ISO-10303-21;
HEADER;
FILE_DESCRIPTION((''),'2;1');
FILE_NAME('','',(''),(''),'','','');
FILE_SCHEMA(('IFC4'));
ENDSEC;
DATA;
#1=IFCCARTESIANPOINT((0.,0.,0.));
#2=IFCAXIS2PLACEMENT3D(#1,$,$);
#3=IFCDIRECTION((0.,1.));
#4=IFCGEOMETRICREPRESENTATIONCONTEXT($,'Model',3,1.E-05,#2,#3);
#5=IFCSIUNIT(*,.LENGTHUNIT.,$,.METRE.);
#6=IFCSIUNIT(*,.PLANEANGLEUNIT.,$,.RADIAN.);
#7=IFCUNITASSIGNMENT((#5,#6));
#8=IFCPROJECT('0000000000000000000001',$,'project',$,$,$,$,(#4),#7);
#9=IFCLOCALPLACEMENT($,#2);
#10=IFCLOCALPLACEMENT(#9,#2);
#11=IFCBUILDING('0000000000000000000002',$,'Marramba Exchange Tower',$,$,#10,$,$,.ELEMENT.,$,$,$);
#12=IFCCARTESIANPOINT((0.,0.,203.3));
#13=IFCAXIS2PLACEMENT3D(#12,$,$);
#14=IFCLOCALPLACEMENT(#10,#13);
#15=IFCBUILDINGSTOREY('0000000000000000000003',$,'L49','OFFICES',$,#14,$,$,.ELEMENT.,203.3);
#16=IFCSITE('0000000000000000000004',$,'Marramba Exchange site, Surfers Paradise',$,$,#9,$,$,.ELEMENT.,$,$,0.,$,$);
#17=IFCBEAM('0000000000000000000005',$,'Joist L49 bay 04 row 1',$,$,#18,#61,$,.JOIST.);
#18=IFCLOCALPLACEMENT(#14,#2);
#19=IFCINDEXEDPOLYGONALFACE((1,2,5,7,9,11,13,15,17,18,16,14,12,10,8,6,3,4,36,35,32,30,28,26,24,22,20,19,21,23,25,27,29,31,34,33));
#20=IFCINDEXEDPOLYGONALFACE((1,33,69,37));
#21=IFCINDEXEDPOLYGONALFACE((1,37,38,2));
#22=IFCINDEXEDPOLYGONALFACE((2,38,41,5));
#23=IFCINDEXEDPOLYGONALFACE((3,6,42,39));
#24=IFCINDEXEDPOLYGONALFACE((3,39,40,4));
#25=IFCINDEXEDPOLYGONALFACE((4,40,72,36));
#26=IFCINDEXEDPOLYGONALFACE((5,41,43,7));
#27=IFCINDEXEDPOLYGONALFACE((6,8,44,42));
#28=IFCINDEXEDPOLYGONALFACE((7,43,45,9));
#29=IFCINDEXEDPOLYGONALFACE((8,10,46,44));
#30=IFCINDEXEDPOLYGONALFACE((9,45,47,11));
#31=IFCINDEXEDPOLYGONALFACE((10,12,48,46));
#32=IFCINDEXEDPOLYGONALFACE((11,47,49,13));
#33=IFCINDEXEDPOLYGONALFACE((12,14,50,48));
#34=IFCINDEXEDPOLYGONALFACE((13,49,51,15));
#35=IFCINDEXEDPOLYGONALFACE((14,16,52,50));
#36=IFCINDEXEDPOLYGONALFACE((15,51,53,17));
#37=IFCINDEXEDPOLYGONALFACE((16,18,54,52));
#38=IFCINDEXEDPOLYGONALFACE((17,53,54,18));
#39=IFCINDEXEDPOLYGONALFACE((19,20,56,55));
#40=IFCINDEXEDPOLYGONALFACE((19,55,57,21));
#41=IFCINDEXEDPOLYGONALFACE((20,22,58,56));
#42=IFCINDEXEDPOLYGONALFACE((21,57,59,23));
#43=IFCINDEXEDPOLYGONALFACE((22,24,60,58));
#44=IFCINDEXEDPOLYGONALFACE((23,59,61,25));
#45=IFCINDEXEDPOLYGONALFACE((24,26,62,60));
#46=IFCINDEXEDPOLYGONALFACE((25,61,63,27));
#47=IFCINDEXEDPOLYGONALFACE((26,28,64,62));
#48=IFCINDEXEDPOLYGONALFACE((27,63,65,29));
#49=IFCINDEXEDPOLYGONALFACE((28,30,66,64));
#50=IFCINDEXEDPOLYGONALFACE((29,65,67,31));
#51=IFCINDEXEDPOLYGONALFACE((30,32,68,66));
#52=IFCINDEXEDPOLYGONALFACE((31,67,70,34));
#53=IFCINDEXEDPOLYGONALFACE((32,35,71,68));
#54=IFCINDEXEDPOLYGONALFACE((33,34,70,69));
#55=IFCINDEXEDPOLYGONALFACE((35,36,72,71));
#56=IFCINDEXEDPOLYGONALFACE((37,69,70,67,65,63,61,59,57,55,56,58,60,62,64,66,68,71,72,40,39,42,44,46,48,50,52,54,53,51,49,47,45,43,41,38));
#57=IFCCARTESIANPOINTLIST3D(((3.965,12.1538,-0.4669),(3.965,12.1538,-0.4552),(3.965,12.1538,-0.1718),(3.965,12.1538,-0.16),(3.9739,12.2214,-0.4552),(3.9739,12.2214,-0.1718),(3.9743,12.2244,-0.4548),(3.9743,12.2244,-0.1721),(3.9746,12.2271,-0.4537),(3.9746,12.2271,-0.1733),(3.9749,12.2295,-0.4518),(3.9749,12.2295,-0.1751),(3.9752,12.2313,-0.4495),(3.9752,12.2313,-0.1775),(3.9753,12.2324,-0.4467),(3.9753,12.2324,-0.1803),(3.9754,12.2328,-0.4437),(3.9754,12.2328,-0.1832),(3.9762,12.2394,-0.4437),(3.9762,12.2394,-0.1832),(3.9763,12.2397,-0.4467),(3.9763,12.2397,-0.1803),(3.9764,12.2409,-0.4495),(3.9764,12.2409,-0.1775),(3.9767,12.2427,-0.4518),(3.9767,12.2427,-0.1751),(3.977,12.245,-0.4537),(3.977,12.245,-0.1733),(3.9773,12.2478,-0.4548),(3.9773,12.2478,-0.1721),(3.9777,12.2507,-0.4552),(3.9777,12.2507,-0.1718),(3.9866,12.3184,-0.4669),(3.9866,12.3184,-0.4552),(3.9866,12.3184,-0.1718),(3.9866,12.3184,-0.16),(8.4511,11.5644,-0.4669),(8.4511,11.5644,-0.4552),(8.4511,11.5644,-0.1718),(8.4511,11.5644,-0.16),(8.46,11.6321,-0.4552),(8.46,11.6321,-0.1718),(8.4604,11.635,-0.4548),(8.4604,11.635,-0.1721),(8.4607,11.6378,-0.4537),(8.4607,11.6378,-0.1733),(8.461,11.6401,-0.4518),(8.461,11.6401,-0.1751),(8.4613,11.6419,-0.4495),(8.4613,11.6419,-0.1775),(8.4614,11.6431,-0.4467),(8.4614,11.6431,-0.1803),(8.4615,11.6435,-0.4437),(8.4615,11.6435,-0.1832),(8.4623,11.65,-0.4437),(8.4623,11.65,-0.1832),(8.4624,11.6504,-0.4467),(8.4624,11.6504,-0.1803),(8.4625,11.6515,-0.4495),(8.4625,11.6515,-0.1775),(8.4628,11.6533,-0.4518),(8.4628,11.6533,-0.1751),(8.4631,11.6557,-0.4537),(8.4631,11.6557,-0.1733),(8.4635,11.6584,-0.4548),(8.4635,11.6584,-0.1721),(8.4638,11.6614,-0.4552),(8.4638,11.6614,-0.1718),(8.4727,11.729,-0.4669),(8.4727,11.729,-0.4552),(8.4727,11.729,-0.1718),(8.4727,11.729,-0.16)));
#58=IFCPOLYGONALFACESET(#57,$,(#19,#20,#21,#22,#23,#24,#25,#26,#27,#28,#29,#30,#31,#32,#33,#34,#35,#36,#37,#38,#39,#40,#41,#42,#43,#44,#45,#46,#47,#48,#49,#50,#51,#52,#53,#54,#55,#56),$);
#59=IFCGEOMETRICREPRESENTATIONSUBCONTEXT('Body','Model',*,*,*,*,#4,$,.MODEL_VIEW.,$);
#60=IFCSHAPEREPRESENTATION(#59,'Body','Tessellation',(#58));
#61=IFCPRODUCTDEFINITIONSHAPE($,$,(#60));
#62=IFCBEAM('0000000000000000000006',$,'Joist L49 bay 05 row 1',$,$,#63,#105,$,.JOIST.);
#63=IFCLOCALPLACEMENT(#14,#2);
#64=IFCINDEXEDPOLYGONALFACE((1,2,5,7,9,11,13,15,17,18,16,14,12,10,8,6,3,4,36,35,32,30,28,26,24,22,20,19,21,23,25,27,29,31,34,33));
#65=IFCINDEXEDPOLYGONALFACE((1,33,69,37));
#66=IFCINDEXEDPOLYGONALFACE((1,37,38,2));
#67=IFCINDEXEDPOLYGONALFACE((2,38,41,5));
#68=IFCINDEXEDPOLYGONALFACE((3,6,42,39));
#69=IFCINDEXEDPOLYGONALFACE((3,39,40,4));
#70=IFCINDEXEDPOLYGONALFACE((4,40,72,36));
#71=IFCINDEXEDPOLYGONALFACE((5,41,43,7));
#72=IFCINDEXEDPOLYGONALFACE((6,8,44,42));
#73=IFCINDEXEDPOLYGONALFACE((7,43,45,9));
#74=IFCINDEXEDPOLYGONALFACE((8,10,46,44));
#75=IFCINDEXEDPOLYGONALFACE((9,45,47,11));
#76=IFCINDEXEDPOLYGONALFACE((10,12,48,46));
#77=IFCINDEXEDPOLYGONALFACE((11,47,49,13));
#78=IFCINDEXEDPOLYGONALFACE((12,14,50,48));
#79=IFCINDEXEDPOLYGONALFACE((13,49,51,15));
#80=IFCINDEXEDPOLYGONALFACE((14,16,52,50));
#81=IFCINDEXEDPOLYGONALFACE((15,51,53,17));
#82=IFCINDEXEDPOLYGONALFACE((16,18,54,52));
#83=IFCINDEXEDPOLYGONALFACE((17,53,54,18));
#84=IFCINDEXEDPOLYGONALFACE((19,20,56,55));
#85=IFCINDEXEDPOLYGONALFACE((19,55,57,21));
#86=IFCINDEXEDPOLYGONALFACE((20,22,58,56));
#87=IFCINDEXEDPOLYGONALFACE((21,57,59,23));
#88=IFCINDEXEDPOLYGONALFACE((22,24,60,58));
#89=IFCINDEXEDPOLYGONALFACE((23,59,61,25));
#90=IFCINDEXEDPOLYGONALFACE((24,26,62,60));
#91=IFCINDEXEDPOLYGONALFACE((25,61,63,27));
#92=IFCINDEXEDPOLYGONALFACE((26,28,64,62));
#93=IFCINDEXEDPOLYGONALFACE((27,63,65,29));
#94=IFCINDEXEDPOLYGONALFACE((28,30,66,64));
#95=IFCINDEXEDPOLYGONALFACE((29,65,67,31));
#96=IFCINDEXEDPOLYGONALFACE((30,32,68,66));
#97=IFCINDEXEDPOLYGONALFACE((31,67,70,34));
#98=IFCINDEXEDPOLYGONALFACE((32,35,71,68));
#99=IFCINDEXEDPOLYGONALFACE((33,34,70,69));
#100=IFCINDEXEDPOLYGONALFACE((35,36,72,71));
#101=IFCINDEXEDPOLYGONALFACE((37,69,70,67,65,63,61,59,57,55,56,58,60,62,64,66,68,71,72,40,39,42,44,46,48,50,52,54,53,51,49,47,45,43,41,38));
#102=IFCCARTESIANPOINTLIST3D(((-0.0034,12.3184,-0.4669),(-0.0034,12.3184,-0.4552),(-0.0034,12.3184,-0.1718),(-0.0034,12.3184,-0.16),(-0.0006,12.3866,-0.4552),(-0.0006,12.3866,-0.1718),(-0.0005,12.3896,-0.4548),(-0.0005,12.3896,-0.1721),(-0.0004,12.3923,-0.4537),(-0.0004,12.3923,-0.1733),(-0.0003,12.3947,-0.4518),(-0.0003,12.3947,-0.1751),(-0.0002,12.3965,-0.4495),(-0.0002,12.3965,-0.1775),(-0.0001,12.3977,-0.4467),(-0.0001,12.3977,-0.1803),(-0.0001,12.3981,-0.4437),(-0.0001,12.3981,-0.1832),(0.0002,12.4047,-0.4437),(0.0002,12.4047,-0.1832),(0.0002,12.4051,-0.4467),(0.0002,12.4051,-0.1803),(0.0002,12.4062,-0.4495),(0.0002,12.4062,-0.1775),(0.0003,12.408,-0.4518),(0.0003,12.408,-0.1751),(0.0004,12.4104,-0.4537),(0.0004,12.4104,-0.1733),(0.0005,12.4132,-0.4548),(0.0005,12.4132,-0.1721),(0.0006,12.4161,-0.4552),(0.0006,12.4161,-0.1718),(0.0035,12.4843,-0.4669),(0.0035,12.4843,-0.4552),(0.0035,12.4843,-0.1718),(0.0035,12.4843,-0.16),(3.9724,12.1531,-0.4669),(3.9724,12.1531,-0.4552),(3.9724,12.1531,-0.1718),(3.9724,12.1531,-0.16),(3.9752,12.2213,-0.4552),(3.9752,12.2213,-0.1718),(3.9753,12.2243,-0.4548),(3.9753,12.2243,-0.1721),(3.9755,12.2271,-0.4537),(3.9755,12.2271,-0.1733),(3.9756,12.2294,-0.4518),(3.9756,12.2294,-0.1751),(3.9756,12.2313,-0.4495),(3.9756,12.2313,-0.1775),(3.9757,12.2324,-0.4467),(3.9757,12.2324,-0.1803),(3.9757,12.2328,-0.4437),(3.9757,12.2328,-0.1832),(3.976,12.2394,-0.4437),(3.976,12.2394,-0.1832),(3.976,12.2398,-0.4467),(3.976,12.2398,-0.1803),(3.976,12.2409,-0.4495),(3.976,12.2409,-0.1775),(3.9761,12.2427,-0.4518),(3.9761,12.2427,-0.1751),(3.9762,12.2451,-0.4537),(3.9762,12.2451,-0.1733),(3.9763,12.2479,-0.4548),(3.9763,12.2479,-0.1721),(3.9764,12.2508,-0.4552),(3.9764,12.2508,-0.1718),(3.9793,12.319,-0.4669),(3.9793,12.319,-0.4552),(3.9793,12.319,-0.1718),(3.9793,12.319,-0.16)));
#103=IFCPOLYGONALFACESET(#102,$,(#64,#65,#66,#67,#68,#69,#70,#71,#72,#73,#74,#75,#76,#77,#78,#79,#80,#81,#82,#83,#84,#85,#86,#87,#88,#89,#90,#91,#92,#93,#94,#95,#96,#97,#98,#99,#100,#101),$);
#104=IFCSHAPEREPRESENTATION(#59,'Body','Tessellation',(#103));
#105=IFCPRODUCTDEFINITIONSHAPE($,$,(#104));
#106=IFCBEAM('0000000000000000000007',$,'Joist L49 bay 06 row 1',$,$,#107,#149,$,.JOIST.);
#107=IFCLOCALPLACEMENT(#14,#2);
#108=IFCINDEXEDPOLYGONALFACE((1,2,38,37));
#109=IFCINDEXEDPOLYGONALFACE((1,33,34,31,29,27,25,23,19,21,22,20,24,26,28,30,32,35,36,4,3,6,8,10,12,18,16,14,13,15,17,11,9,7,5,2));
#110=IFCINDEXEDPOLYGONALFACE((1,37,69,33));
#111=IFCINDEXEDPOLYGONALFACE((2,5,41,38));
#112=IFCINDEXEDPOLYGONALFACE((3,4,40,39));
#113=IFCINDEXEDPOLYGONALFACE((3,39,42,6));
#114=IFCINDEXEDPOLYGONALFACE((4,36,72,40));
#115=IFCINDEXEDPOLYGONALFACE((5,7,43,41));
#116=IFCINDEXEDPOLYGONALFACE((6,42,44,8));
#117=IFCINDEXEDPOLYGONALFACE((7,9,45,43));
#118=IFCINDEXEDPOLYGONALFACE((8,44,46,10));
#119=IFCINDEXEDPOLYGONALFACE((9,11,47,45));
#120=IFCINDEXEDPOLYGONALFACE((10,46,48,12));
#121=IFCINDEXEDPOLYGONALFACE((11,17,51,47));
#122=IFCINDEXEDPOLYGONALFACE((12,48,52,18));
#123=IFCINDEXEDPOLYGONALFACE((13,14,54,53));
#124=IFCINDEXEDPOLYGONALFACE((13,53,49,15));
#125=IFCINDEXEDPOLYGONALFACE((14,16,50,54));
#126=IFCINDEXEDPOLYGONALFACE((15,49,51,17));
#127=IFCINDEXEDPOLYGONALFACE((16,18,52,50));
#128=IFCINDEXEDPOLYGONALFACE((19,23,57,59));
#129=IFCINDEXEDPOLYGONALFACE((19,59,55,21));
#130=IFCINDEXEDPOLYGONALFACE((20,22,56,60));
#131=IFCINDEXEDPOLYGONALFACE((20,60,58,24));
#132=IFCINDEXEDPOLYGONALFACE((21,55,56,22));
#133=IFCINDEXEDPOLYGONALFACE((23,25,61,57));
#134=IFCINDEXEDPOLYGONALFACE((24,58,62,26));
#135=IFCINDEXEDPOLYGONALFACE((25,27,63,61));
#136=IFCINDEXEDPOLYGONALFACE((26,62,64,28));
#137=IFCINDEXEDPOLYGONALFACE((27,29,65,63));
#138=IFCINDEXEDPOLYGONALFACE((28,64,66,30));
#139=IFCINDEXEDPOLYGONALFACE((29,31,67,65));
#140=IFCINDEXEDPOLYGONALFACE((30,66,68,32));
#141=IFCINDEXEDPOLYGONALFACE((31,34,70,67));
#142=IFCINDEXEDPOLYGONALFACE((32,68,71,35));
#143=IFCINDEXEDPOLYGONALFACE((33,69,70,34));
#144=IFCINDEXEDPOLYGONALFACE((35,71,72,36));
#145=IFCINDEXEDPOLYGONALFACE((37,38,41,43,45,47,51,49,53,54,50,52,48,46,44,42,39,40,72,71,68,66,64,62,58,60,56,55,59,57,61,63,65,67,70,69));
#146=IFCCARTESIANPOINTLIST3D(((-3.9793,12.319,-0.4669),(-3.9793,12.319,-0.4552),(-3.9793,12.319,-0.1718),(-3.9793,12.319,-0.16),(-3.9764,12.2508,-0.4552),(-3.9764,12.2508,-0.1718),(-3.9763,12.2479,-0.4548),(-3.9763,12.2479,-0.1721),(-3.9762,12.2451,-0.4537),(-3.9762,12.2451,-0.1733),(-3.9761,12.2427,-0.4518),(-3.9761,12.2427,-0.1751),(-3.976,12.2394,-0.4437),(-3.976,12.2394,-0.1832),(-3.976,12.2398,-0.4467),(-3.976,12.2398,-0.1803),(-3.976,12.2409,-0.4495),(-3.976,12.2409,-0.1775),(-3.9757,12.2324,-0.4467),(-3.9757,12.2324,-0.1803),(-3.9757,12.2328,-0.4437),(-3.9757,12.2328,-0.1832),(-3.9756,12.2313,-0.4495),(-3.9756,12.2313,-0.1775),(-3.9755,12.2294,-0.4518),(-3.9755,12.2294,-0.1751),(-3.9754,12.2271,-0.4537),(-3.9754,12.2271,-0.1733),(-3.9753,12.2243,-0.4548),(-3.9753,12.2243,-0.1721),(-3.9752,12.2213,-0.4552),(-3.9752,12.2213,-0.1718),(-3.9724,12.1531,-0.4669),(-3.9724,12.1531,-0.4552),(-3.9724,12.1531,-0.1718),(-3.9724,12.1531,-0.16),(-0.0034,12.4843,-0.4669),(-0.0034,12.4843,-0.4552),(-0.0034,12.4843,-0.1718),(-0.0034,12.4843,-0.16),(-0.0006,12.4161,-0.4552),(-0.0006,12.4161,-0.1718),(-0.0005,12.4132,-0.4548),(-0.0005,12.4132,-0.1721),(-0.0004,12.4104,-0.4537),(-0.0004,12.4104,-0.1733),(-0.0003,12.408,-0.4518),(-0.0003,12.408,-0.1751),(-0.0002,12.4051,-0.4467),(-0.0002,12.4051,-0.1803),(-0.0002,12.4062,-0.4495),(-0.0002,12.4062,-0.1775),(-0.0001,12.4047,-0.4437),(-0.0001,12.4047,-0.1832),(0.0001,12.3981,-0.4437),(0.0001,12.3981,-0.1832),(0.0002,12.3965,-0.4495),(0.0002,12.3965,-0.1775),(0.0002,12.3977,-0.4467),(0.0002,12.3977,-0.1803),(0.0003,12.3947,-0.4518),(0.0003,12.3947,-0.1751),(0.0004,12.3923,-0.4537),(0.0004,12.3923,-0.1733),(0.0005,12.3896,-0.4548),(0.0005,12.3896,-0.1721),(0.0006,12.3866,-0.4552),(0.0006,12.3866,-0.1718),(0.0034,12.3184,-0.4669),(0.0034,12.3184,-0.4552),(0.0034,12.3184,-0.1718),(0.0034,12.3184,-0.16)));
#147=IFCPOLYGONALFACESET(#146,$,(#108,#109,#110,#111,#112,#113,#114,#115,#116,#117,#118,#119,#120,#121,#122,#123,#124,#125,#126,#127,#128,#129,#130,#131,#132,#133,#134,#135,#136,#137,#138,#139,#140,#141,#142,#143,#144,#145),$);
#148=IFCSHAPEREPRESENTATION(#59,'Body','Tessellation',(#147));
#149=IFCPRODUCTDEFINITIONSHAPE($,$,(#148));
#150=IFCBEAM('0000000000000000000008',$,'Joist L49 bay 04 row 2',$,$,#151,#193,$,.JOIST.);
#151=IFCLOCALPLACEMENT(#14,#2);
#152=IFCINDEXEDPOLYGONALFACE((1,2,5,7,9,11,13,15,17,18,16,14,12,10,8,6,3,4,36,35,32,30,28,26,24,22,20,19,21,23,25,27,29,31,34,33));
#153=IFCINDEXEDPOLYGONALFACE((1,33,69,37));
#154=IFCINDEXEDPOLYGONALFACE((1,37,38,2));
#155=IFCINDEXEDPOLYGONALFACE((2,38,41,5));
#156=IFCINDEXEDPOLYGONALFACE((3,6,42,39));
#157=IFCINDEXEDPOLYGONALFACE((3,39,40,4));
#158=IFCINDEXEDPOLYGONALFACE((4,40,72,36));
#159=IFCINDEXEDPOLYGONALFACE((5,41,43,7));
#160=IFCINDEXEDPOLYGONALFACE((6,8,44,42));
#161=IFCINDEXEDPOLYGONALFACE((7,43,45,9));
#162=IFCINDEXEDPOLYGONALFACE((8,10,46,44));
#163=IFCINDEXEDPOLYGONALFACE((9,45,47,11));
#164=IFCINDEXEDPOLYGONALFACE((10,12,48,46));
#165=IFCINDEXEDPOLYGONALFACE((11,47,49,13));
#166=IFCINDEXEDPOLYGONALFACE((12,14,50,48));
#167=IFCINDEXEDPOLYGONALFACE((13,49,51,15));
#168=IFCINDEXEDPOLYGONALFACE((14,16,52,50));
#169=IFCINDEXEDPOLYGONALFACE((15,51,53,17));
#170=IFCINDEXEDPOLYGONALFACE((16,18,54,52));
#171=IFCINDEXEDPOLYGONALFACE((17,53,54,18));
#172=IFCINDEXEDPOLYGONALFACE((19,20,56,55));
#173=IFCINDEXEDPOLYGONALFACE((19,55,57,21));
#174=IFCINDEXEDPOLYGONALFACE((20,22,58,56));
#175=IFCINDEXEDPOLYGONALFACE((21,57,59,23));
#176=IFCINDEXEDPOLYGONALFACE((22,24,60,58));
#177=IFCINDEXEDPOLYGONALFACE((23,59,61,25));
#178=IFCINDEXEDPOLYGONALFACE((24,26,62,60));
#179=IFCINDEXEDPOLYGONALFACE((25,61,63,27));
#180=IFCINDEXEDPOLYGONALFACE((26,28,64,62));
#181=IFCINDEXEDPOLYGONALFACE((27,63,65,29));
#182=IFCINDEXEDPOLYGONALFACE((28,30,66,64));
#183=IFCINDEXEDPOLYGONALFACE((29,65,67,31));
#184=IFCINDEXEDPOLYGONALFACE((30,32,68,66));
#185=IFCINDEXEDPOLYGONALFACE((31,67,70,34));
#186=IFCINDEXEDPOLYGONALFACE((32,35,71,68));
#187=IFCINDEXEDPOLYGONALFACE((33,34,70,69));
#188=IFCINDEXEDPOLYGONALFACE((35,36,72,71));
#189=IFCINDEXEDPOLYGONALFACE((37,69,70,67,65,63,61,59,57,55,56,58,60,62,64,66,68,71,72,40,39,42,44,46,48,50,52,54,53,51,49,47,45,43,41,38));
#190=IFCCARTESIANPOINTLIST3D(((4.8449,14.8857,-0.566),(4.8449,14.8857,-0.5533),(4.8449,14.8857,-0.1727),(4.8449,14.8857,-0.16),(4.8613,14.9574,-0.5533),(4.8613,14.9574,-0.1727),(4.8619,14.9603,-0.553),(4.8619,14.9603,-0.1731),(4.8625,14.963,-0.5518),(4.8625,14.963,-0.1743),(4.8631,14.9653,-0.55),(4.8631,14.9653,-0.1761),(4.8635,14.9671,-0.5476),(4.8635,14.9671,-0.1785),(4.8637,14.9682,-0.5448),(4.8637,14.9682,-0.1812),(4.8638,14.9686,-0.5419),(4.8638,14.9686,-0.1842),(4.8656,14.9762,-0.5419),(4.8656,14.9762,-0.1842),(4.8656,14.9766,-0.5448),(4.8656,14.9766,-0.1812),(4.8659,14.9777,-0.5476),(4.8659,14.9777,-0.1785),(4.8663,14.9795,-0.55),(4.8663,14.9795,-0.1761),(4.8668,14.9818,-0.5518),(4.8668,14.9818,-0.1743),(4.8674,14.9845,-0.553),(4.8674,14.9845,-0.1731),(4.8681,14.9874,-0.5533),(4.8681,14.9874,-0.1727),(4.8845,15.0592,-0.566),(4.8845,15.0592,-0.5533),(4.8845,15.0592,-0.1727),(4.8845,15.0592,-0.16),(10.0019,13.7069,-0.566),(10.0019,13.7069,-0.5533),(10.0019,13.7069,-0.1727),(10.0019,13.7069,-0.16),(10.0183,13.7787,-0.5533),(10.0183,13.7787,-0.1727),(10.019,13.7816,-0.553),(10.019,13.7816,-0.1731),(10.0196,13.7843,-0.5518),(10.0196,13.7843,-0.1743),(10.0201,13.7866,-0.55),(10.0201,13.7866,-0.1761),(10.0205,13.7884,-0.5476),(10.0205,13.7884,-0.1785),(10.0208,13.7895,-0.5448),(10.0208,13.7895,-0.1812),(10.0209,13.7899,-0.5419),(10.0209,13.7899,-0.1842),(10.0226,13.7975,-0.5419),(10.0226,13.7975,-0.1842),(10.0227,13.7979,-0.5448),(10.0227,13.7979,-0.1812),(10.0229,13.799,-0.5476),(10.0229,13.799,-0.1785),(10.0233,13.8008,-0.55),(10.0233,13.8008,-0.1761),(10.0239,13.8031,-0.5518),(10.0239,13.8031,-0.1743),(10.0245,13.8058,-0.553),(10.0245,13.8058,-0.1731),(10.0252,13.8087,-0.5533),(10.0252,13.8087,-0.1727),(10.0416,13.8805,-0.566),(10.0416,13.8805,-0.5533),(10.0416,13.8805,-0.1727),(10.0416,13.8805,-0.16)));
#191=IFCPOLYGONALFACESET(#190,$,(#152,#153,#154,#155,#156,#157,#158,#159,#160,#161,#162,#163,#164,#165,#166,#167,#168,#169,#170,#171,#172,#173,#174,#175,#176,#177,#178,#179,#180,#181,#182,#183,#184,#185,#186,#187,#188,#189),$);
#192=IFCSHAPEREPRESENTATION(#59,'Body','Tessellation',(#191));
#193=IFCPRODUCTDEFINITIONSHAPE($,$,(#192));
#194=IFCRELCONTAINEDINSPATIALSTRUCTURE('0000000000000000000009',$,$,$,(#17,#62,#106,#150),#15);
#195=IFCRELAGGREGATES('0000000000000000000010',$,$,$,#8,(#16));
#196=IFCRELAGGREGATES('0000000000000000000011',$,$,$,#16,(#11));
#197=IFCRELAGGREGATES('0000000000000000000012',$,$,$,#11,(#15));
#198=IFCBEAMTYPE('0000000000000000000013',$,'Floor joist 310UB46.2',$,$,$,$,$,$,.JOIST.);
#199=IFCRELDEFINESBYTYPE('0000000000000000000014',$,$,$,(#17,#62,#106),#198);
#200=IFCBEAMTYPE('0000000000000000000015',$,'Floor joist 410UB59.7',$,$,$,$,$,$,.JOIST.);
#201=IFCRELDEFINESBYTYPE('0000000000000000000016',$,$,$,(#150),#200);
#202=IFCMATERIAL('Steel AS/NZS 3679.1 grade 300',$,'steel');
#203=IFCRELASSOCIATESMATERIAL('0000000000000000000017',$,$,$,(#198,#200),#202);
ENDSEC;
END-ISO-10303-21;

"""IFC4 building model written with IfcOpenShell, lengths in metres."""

from ifc_helpers import new_model, si_unit, direction, frame, origin, origin_2d, place, context, subcontext, project, spatial, i_section, extrude, material, material_profile, profile_set, type_object, element, save


model = new_model("IFC4")

# Units and contexts
model_context = context("Model", 3, precision=1e-05, world=origin(), true_north=direction((0.0, 1.0)))
body_context = subcontext(model_context, "Body", "Model", "MODEL_VIEW")
ifc_project = project(units=[si_unit("LENGTHUNIT", "METRE"), si_unit("PLANEANGLEUNIT", "RADIAN")], contexts=[model_context])

# Site, building, storey
site_placement = place(None, origin())
site = spatial("IfcSite", under=ifc_project, at=site_placement, Name="Marramba Exchange site, Surfers Paradise", CompositionType="ELEMENT", RefElevation=0.0)
building_placement = place(site_placement, origin())
building = spatial("IfcBuilding", under=site, at=building_placement, Name="Marramba Exchange Tower", CompositionType="ELEMENT")
storey_placement = place(building_placement, frame((0.0, 0.0, 203.3)))
storey = spatial("IfcBuildingStorey", under=building, at=storey_placement, Name="L49", Description="OFFICES", CompositionType="ELEMENT", Elevation=203.3)

# Beams
ifc_material_1 = material(Name="Steel AS/NZS 3679.1 grade 300", Category="steel")
ifc_material_profile_1 = material_profile(ifc_material_1, i_section(OverallWidth=0.166, OverallDepth=0.3069, WebThickness=0.0066, FlangeThickness=0.0117, FilletRadius=0.0115, at=origin_2d()), Name="310UB46.2")
ifc_profile_set_1 = profile_set([ifc_material_profile_1], Name="Steel AS/NZS 3679.1 grade 300")
beam_type_1 = type_object("IfcBeamType", Name="Floor joist 310UB46.2", PredefinedType="JOIST", material=ifc_profile_set_1)
beam_1_placement = place(storey_placement, frame((8.4619, 11.6467, -0.3135), z_axis=(-0.991481, 0.130255, 0.0), x_axis=(-0.130255, -0.991481, 0.0)))
element("IfcBeam", 1, at=beam_1_placement, inside=storey, type_object=beam_type_1, Name="Joist L49 bay 04 row 1", PredefinedType="JOIST", context=body_context, shape_type="SweptSolid", body=[
    extrude(i_section(OverallWidth=0.166, OverallDepth=0.3069, WebThickness=0.0066, FlangeThickness=0.0117, FilletRadius=0.0115, at=origin_2d()), origin(), (0.0, 0.0, 1.0), 4.5247),
])
for number, where, z_axis, x_axis, name in (
    (2, (3.9758, 12.2361, -0.3135), (-0.999137, 0.041536, 0.0), (-0.041536, -0.999137, 0.0), "Joist L49 bay 05 row 1"),
    (3, (0.0, 12.4014, -0.3135), (-0.999137, -0.041536, 0.0), (0.041536, -0.999137, 0.0), "Joist L49 bay 06 row 1"),
):
    element("IfcBeam", number, at=place(storey_placement, frame(where, z_axis=z_axis, x_axis=x_axis)), inside=storey, type_object=beam_type_1, Name=name, PredefinedType="JOIST", context=body_context, shape_type="SweptSolid", body=[
        extrude(i_section(OverallWidth=0.166, OverallDepth=0.3069, WebThickness=0.0066, FlangeThickness=0.0117, FilletRadius=0.0115, at=origin_2d()), origin(), (0.0, 0.0, 1.0), 3.9792),
    ])
ifc_material_profile_2 = material_profile(ifc_material_1, i_section(OverallWidth=0.178, OverallDepth=0.406, WebThickness=0.0078, FlangeThickness=0.0127, FilletRadius=0.0115, at=origin_2d()), Name="410UB59.7")
ifc_profile_set_2 = profile_set([ifc_material_profile_2], Name="Steel AS/NZS 3679.1 grade 300")
beam_type_2 = type_object("IfcBeamType", Name="Floor joist 410UB59.7", PredefinedType="JOIST", material=ifc_profile_set_2)
beam_2_placement = place(storey_placement, frame((10.0217, 13.7937, -0.363), z_axis=(-0.97486, 0.22282, 0.0), x_axis=(-0.22282, -0.97486, 0.0)))
element("IfcBeam", 4, at=beam_2_placement, inside=storey, type_object=beam_type_2, Name="Joist L49 bay 04 row 2", PredefinedType="JOIST", context=body_context, shape_type="SweptSolid", body=[
    extrude(i_section(OverallWidth=0.178, OverallDepth=0.406, WebThickness=0.0078, FlangeThickness=0.0127, FilletRadius=0.0115, at=origin_2d()), origin(), (0.0, 0.0, 1.0), 5.29),
])

save(model, "model.ifc")
